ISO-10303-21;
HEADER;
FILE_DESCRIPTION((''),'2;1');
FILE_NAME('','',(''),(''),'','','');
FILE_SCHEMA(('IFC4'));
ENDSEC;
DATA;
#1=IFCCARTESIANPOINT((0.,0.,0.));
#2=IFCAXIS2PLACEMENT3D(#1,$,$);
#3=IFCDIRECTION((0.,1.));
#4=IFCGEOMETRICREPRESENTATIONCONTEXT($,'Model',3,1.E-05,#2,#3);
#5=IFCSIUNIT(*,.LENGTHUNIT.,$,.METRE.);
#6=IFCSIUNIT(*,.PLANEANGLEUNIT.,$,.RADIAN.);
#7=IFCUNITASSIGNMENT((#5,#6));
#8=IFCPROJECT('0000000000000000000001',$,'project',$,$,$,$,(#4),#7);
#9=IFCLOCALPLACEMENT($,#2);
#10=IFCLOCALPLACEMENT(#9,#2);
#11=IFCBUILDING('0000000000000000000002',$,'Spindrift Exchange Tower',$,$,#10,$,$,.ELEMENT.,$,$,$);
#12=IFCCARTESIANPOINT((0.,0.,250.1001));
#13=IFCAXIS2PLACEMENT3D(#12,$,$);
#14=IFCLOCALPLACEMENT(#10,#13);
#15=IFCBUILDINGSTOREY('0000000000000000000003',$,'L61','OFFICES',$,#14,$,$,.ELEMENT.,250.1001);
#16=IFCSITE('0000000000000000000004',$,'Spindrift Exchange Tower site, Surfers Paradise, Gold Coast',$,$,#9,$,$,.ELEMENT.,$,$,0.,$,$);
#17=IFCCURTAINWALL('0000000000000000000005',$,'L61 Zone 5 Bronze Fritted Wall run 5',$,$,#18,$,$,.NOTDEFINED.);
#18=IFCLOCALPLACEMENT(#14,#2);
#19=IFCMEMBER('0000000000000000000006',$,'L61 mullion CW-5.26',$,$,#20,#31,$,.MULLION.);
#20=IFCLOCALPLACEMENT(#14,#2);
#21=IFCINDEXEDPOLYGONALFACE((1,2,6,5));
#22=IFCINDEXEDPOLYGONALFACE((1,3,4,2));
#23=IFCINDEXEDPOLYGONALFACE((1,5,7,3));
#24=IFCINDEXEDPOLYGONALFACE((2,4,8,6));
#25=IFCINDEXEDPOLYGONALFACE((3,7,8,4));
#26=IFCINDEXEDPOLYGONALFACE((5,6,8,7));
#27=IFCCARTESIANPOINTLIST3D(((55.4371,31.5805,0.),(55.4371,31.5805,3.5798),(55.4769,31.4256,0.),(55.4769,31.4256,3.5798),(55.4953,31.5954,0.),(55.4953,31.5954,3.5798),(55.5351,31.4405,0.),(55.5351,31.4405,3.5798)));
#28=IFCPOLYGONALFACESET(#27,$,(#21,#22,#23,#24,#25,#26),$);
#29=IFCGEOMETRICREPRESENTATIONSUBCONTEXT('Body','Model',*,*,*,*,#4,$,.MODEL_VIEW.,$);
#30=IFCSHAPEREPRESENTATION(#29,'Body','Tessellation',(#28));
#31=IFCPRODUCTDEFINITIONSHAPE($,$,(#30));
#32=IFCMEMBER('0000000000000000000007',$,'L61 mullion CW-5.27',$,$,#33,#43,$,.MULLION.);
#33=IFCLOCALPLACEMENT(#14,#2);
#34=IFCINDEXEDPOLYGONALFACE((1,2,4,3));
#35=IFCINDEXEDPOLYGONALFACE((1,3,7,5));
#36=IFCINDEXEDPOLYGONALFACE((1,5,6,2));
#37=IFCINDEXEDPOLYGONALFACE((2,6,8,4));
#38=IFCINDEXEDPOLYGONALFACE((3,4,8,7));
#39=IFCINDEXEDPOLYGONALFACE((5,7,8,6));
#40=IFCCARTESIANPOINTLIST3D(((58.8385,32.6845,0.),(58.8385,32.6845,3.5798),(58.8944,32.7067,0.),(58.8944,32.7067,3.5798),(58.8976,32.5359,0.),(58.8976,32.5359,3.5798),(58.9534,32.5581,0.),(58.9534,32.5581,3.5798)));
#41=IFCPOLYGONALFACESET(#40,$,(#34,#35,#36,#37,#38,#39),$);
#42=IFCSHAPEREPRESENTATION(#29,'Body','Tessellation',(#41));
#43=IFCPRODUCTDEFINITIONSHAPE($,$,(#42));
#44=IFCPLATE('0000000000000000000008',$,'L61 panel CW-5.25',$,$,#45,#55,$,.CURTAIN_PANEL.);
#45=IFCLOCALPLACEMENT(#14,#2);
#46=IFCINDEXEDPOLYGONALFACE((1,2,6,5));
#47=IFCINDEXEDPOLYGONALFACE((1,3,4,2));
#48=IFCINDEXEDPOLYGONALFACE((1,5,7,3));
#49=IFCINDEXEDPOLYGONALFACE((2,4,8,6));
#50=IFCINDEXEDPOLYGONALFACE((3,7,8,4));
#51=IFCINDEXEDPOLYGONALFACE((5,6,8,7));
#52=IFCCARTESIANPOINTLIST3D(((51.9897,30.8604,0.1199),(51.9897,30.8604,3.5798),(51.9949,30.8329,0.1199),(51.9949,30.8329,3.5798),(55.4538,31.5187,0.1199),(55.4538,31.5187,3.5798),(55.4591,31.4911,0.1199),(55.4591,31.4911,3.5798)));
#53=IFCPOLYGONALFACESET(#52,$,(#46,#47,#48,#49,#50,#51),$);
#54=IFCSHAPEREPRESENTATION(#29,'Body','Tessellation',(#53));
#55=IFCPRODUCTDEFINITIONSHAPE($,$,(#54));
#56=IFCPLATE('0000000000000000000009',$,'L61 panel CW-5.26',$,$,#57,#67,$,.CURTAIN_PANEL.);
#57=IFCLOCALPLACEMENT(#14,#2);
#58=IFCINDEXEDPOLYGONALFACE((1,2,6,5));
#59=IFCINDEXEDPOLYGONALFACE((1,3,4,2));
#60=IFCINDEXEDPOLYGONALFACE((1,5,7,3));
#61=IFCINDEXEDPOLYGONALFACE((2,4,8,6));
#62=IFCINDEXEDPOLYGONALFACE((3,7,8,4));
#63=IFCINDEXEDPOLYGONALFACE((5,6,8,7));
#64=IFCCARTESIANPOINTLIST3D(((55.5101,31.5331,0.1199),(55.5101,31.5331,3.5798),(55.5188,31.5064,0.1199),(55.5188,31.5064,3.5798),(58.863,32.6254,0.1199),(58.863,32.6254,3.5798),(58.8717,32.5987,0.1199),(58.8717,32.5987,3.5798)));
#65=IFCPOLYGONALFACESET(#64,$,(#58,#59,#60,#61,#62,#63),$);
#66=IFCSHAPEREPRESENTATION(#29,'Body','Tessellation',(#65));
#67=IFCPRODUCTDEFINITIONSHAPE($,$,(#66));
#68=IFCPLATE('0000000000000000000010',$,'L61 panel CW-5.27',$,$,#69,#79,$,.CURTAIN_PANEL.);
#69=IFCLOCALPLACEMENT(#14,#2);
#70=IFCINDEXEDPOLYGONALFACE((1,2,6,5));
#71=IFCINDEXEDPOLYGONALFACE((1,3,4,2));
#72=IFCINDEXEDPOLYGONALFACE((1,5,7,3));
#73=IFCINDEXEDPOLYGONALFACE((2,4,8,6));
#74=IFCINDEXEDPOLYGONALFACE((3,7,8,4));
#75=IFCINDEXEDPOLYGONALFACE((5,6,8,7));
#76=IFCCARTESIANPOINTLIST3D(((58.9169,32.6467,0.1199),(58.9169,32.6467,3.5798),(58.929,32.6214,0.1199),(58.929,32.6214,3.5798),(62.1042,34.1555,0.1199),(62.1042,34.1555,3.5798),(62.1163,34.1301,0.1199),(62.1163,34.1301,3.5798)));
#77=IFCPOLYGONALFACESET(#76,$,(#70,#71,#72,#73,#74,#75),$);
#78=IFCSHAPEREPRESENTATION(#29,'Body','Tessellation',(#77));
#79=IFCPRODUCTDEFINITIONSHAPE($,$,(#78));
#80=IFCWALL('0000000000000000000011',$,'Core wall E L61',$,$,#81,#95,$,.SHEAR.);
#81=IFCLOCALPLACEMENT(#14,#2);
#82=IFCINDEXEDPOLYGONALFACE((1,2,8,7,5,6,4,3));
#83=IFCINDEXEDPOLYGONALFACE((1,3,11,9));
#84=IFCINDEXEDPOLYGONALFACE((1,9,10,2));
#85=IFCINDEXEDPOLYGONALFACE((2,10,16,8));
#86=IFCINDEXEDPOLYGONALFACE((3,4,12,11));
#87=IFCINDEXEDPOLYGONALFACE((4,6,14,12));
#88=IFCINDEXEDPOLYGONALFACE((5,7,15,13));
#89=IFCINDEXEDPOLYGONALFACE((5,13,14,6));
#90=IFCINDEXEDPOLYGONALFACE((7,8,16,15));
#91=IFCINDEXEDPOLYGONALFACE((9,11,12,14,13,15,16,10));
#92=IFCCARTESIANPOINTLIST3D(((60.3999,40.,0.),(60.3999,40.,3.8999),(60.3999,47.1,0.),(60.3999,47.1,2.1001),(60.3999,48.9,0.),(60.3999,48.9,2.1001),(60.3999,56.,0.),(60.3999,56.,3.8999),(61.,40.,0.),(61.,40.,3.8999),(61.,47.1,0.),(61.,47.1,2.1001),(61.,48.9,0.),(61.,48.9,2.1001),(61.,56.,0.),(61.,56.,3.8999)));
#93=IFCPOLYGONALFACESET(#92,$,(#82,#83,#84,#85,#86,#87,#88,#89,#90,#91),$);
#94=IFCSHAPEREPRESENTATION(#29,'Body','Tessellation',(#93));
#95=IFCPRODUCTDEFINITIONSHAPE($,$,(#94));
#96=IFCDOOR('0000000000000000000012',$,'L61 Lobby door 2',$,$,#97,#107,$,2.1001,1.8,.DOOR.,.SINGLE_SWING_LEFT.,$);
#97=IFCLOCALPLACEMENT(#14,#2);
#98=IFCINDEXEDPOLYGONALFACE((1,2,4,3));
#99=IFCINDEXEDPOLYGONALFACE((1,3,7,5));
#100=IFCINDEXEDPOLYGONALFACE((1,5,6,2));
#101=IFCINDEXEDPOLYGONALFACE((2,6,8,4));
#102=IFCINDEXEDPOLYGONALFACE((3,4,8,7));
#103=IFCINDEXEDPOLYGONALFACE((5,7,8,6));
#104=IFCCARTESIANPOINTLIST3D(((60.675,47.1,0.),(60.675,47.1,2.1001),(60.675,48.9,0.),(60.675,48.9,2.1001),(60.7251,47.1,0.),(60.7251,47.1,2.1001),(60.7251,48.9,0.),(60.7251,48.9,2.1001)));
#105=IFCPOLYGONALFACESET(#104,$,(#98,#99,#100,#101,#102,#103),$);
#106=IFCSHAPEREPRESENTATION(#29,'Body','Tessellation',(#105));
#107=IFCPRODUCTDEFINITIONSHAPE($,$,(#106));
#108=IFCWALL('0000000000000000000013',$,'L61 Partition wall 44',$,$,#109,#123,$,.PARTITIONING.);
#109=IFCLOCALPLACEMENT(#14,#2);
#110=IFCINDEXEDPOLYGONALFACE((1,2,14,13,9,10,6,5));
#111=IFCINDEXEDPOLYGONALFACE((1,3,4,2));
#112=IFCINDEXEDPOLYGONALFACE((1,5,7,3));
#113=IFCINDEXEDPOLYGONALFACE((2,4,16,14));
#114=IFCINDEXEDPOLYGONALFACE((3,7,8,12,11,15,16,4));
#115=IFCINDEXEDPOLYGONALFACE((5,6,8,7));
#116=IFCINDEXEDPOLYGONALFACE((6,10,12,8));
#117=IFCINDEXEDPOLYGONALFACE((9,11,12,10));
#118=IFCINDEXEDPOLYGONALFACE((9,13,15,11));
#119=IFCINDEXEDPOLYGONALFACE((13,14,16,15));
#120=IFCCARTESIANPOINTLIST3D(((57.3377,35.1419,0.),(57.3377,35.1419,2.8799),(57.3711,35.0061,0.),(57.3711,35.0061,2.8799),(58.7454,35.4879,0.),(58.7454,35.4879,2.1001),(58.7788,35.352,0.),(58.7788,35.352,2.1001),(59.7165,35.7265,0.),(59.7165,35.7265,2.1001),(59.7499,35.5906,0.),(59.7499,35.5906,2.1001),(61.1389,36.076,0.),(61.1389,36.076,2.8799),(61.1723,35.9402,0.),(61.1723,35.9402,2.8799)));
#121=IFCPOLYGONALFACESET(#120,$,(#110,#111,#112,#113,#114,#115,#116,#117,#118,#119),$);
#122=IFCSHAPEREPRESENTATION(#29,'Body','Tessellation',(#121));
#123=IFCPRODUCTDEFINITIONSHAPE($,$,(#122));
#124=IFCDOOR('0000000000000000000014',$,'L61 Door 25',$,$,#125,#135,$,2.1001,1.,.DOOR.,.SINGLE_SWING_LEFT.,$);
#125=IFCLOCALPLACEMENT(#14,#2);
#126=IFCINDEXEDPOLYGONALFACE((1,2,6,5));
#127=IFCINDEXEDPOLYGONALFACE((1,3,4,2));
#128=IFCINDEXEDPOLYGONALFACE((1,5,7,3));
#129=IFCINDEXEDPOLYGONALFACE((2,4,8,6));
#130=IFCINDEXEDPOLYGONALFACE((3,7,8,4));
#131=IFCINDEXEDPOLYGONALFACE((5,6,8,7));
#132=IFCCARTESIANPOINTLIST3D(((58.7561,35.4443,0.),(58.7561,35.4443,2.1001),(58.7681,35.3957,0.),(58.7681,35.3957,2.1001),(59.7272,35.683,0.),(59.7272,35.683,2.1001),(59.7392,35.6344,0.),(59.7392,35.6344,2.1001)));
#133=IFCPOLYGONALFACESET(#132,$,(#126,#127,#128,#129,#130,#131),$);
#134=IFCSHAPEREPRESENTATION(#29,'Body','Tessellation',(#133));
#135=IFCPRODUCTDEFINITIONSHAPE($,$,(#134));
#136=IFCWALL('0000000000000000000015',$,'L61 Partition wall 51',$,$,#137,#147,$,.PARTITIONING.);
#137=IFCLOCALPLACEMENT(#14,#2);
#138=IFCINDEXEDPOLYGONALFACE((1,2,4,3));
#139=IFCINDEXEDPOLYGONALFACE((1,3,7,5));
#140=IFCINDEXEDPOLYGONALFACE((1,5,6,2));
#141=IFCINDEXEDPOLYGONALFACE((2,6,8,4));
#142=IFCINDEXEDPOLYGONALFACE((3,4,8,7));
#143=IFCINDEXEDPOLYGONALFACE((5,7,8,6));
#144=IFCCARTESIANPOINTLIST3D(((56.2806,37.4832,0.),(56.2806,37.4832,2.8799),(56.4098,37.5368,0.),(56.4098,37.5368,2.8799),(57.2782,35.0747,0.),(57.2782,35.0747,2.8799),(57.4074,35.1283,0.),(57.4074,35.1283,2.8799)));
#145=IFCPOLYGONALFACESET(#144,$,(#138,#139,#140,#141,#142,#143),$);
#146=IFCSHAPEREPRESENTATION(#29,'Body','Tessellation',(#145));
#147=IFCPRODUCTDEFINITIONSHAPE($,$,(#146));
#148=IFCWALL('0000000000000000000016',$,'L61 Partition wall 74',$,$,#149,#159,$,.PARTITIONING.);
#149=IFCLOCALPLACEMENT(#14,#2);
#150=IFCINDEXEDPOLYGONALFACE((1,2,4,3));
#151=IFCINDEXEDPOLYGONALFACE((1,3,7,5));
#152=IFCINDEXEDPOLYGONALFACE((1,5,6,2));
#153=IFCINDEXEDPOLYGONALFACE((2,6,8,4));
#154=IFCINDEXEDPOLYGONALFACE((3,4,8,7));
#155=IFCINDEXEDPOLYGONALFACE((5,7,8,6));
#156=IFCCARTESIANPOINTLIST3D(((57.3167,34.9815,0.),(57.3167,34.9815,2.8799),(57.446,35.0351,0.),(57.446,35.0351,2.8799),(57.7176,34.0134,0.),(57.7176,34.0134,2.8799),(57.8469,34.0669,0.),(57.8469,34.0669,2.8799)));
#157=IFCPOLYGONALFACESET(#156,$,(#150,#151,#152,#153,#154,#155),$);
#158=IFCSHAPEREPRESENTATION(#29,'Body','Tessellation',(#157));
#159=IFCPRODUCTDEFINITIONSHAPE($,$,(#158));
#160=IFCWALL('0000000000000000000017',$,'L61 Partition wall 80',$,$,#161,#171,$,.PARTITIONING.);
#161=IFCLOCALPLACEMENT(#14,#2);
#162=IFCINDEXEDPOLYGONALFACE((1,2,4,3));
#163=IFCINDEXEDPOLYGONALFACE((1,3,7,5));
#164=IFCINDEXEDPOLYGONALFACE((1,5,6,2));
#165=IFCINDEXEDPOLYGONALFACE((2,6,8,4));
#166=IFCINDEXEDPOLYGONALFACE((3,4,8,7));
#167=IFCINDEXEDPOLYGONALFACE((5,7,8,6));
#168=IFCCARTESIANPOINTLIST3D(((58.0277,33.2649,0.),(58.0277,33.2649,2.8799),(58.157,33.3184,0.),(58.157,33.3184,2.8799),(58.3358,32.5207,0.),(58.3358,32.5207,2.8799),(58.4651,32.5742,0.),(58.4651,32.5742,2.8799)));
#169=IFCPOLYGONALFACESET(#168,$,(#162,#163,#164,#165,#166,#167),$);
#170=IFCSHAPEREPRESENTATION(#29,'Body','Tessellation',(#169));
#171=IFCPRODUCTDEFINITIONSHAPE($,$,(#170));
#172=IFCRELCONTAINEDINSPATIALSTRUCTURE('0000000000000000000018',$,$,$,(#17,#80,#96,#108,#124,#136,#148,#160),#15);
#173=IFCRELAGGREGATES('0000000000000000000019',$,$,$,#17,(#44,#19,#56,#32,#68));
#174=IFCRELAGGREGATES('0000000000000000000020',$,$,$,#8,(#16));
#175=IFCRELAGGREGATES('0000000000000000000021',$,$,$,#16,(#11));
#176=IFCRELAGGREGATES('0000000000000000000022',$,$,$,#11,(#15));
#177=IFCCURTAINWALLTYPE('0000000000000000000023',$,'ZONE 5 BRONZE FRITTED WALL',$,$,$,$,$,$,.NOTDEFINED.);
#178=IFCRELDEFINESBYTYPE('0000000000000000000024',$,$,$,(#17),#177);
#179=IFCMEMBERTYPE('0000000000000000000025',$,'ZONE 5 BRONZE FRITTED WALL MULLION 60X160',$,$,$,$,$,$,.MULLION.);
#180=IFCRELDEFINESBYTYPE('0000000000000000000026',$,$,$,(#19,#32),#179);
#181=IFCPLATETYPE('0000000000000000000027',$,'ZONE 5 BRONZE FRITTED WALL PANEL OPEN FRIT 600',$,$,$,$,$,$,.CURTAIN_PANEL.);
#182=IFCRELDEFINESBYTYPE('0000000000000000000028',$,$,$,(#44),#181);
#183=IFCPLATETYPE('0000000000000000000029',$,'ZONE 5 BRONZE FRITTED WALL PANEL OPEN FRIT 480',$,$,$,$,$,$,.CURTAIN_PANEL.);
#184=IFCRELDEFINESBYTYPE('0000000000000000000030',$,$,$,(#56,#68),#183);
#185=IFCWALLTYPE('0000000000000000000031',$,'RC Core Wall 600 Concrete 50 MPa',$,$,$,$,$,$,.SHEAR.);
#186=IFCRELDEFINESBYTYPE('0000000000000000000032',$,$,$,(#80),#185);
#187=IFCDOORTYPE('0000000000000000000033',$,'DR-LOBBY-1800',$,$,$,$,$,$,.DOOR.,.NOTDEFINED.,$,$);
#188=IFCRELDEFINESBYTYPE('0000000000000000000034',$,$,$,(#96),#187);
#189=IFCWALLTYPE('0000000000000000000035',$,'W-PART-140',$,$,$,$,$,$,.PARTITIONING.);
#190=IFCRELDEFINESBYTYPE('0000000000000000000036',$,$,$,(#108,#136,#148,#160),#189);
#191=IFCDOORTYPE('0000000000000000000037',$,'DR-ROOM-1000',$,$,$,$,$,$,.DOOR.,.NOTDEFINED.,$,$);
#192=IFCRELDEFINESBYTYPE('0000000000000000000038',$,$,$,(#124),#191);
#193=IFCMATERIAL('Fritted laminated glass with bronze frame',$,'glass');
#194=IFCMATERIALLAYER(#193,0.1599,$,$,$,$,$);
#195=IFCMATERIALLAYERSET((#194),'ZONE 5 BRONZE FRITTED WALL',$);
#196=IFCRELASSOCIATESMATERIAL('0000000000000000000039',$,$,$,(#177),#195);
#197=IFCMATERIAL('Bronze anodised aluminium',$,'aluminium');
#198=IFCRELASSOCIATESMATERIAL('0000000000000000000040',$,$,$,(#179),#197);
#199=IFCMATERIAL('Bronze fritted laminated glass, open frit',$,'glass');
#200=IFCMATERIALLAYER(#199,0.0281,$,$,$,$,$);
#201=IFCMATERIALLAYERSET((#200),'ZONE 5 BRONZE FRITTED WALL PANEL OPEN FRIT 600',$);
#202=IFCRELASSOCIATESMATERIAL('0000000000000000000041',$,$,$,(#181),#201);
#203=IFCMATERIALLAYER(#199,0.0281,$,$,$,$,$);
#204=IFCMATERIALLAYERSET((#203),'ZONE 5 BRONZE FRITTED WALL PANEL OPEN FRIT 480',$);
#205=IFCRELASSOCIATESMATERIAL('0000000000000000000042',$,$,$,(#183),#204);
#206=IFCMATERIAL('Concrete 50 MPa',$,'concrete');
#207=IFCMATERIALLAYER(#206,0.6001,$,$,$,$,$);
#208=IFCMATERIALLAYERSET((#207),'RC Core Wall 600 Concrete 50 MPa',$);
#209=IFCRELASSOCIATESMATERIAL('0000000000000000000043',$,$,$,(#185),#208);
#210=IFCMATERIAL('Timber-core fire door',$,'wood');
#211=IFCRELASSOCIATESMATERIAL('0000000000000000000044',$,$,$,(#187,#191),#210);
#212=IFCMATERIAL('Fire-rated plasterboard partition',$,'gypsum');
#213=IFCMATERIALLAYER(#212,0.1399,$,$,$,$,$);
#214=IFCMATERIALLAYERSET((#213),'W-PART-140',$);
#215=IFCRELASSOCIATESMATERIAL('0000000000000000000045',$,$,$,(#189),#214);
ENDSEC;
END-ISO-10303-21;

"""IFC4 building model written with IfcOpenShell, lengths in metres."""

from ifc_helpers import new_model, si_unit, direction, frame, frame_2d, origin, origin_2d, place, context, subcontext, project, spatial, rectangle, extrude, source, transform, mapped, material, layer, layer_set, material_profile, profile_set, type_object, element, fill, aggregate, save


model = new_model("IFC4")

# Units and contexts
model_context = context("Model", 3, precision=1e-05, world=origin(), true_north=direction((0.0, 1.0)))
body_context = subcontext(model_context, "Body", "Model", "MODEL_VIEW")
ifc_project = project(units=[si_unit("LENGTHUNIT", "METRE"), si_unit("PLANEANGLEUNIT", "RADIAN")], contexts=[model_context])

# Site, building, storey
site_placement = place(None, origin())
site = spatial("IfcSite", under=ifc_project, at=site_placement, Name="Spindrift Exchange Tower site, Surfers Paradise, Gold Coast", CompositionType="ELEMENT", RefElevation=0.0)
building_placement = place(site_placement, origin())
building = spatial("IfcBuilding", under=site, at=building_placement, Name="Spindrift Exchange Tower", CompositionType="ELEMENT")
storey_placement = place(building_placement, frame((0.0, 0.0, 250.1001)))
storey = spatial("IfcBuildingStorey", under=building, at=storey_placement, Name="L61", Description="OFFICES", CompositionType="ELEMENT", Elevation=250.1001)

# Curtain wall, members, plates
ifc_material_1 = material(Name="Fritted laminated glass with bronze frame", Category="glass")
ifc_layer_1 = layer(ifc_material_1, 0.1599)
ifc_layer_set_1 = layer_set([ifc_layer_1], Name="ZONE 5 BRONZE FRITTED WALL")
curtain_wall_type = type_object("IfcCurtainWallType", Name="ZONE 5 BRONZE FRITTED WALL", PredefinedType="NOTDEFINED", material=ifc_layer_set_1)
curtain_wall_placement = place(storey_placement, origin())
curtain_wall = element("IfcCurtainWall", 1, at=curtain_wall_placement, inside=storey, type_object=curtain_wall_type, Name="L61 Zone 5 Bronze Fritted Wall run 5", PredefinedType="NOTDEFINED")
ifc_material_2 = material(Name="Bronze anodised aluminium", Category="aluminium")
ifc_material_profile_1 = material_profile(ifc_material_2, rectangle(XDim=0.0601, YDim=0.1599, at=origin_2d()), Name="ZONE 5 BRONZE FRITTED WALL MULLION 60X160")
ifc_profile_set_1 = profile_set([ifc_material_profile_1], Name="Bronze anodised aluminium")
member_type_1 = type_object("IfcMemberType", Name="ZONE 5 BRONZE FRITTED WALL MULLION 60X160", PredefinedType="MULLION", material=ifc_profile_set_1)
shared_shape_1 = source(origin(), body_context, "Body", "SweptSolid", [
    extrude(rectangle(XDim=0.0601, YDim=0.1599, at=origin_2d()), origin(), (0.0, 0.0, 1.0), 3.5798),
])
member_1_placement = place(storey_placement, frame((55.4861, 31.5105, 0.0), z_axis=(0.0, 0.0, 1.0), x_axis=(0.968577, 0.248714, 0.0)))
member_1 = element("IfcMember", 2, at=member_1_placement, type_object=member_type_1, Name="L61 mullion CW-5.26", PredefinedType="MULLION", context=body_context, shape_type="MappedRepresentation", body=[
    mapped(shared_shape_1, transform((0.0, 0.0, 0.0), scale=1.0)),
])
member_2_placement = place(storey_placement, frame((58.896, 32.6213, 0.0), z_axis=(0.0, 0.0, 1.0), x_axis=(0.929215, 0.36954, 0.0)))
member_2 = element("IfcMember", 3, at=member_2_placement, type_object=member_type_1, Name="L61 mullion CW-5.27", PredefinedType="MULLION", context=body_context, shape_type="MappedRepresentation", body=[
    mapped(shared_shape_1, transform((0.0, 0.0, 0.0), scale=1.0)),
])
ifc_material_3 = material(Name="Bronze fritted laminated glass, open frit", Category="glass")
ifc_layer_2 = layer(ifc_material_3, 0.0281)
ifc_layer_set_2 = layer_set([ifc_layer_2], Name="ZONE 5 BRONZE FRITTED WALL PANEL OPEN FRIT 600")
plate_type_1 = type_object("IfcPlateType", Name="ZONE 5 BRONZE FRITTED WALL PANEL OPEN FRIT 600", PredefinedType="CURTAIN_PANEL", material=ifc_layer_set_2)
shared_shape_2 = source(origin(), body_context, "Body", "SweptSolid", [
    extrude(rectangle(XDim=3.5261, YDim=0.0281, at=origin_2d()), origin(), (0.0, 0.0, 1.0), 3.46),
])
plate_1_placement = place(storey_placement, frame((53.7244, 31.1758, 0.1199), z_axis=(0.0, 0.0, 1.0), x_axis=(0.98242, 0.186685, 0.0)))
plate_1 = element("IfcPlate", 4, at=plate_1_placement, type_object=plate_type_1, Name="L61 panel CW-5.25", PredefinedType="CURTAIN_PANEL", context=body_context, shape_type="MappedRepresentation", body=[
    mapped(shared_shape_2, transform((0.0, 0.0, 0.0), scale=1.0)),
])
ifc_layer_3 = layer(ifc_material_3, 0.0281)
ifc_layer_set_3 = layer_set([ifc_layer_3], Name="ZONE 5 BRONZE FRITTED WALL PANEL OPEN FRIT 480")
plate_type_2 = type_object("IfcPlateType", Name="ZONE 5 BRONZE FRITTED WALL PANEL OPEN FRIT 480", PredefinedType="CURTAIN_PANEL", material=ifc_layer_set_3)
shared_shape_3 = source(origin(), body_context, "Body", "SweptSolid", [
    extrude(rectangle(XDim=3.5264, YDim=0.0281, at=origin_2d()), origin(), (0.0, 0.0, 1.0), 3.46),
])
plate_2_placement = place(storey_placement, frame((57.1909, 32.0659, 0.1199), z_axis=(0.0, 0.0, 1.0), x_axis=(0.950822, 0.309737, 0.0)))
plate_2 = element("IfcPlate", 5, at=plate_2_placement, type_object=plate_type_2, Name="L61 panel CW-5.26", PredefinedType="CURTAIN_PANEL", context=body_context, shape_type="MappedRepresentation", body=[
    mapped(shared_shape_3, transform((0.0, 0.0, 0.0), scale=1.0)),
])
plate_3_placement = place(storey_placement, frame((60.5166, 33.3884, 0.1199), z_axis=(0.0, 0.0, 1.0), x_axis=(0.90385, 0.427849, 0.0)))
plate_3 = element("IfcPlate", 6, at=plate_3_placement, type_object=plate_type_2, Name="L61 panel CW-5.27", PredefinedType="CURTAIN_PANEL", context=body_context, shape_type="MappedRepresentation", body=[
    mapped(shared_shape_3, transform((0.0, 0.0, 0.0), scale=1.0)),
])
aggregate(curtain_wall, [plate_1, member_1, plate_2, member_2, plate_3])

# Walls, openings, doors
ifc_material_4 = material(Name="Concrete 50 MPa", Category="concrete")
ifc_layer_4 = layer(ifc_material_4, 0.6001)
ifc_layer_set_4 = layer_set([ifc_layer_4], Name="RC Core Wall 600 Concrete 50 MPa")
wall_type_1 = type_object("IfcWallType", Name="RC Core Wall 600 Concrete 50 MPa", PredefinedType="SHEAR", material=ifc_layer_set_4)
wall_1_placement = place(storey_placement, frame((60.7, 40.0, 0.0), z_axis=(0.0, 0.0, 1.0), x_axis=(0.0, 1.0, 0.0)))
wall_1 = element("IfcWall", 7, at=wall_1_placement, inside=storey, type_object=wall_type_1, Name="Core wall E L61", PredefinedType="SHEAR", context=body_context, shape_type="SweptSolid", body=[
    extrude(rectangle(XDim=16.0, YDim=0.6001, at=frame_2d((8.0, 0.0))), origin(), (0.0, 0.0, 1.0), 3.8999),
])
opening_1_placement = place(wall_1_placement, frame((7.1001, 0.0, 0.0)))
opening_1 = element("IfcOpeningElement", 8, at=opening_1_placement, cuts=wall_1, PredefinedType="OPENING", context=body_context, shape_type="SweptSolid", body=[
    extrude(rectangle(XDim=1.8, YDim=2.1001, at=frame_2d((0.8999, 1.05))), frame((0.0, 0.3101, 0.0), z_axis=(0.0, -1.0, 0.0), x_axis=(1.0, 0.0, 0.0)), (0.0, 0.0, 1.0), 0.6201),
])
ifc_material_5 = material(Name="Timber-core fire door", Category="wood")
door_type_1 = type_object("IfcDoorType", Name="DR-LOBBY-1800", OperationType="NOTDEFINED", PredefinedType="DOOR", material=ifc_material_5)
shared_shape_4 = source(origin(), body_context, "Body", "SweptSolid", [
    extrude(rectangle(XDim=1.8, YDim=2.1001, at=frame_2d((0.8999, 1.05))), frame((0.0, 0.0249, 0.0), z_axis=(0.0, -1.0, 0.0), x_axis=(1.0, 0.0, 0.0)), (0.0, 0.0, 1.0), 0.05),
])
door_1_placement = place(opening_1_placement, origin())
door_1 = element("IfcDoor", 9, at=door_1_placement, inside=storey, type_object=door_type_1, Name="L61 Lobby door 2", OperationType="SINGLE_SWING_LEFT", OverallHeight=2.1001, OverallWidth=1.8, PredefinedType="DOOR", context=body_context, shape_type="MappedRepresentation", body=[
    mapped(shared_shape_4, transform((0.0, 0.0, 0.0), scale=1.0)),
])
fill(opening_1, door_1)
ifc_material_6 = material(Name="Fire-rated plasterboard partition", Category="gypsum")
ifc_layer_5 = layer(ifc_material_6, 0.1399)
ifc_layer_set_5 = layer_set([ifc_layer_5], Name="W-PART-140")
wall_type_2 = type_object("IfcWallType", Name="W-PART-140", PredefinedType="PARTITIONING", material=ifc_layer_set_5)
wall_2_placement = place(storey_placement, frame((61.1555, 36.0081, 0.0), z_axis=(0.0, 0.0, 1.0), x_axis=(-0.971111, -0.23863, 0.0)))
wall_2 = element("IfcWall", 10, at=wall_2_placement, inside=storey, type_object=wall_type_2, Name="L61 Partition wall 44", PredefinedType="PARTITIONING", context=body_context, shape_type="SweptSolid", body=[
    extrude(rectangle(XDim=3.9143, YDim=0.1399, at=frame_2d((1.957, 0.0))), origin(), (0.0, 0.0, 1.0), 2.8799),
])
opening_2_placement = place(wall_2_placement, frame((1.4646, 0.0, 0.0)))
opening_2 = element("IfcOpeningElement", 11, at=opening_2_placement, cuts=wall_2, PredefinedType="OPENING", context=body_context, shape_type="SweptSolid", body=[
    extrude(rectangle(XDim=1.0, YDim=2.1001, at=frame_2d((0.5, 1.05))), frame((0.0, 0.0798, 0.0), z_axis=(0.0, -1.0, 0.0), x_axis=(1.0, 0.0, 0.0)), (0.0, 0.0, 1.0), 0.1599),
])
door_type_2 = type_object("IfcDoorType", Name="DR-ROOM-1000", OperationType="NOTDEFINED", PredefinedType="DOOR", material=ifc_material_5)
shared_shape_5 = source(origin(), body_context, "Body", "SweptSolid", [
    extrude(rectangle(XDim=1.0, YDim=2.1001, at=frame_2d((0.5, 1.05))), frame((0.0, 0.0249, 0.0), z_axis=(0.0, -1.0, 0.0), x_axis=(1.0, 0.0, 0.0)), (0.0, 0.0, 1.0), 0.05),
])
door_2_placement = place(opening_2_placement, origin())
door_2 = element("IfcDoor", 12, at=door_2_placement, inside=storey, type_object=door_type_2, Name="L61 Door 25", OperationType="SINGLE_SWING_LEFT", OverallHeight=2.1001, OverallWidth=1.0, PredefinedType="DOOR", context=body_context, shape_type="MappedRepresentation", body=[
    mapped(shared_shape_5, transform((0.0, 0.0, 0.0), scale=1.0)),
])
fill(opening_2, door_2)

# Walls
wall_3_placement = place(storey_placement, frame((56.3452, 37.51, 0.0), z_axis=(0.0, 0.0, 1.0), x_axis=(0.382666, -0.923887, 0.0)))
element("IfcWall", 13, at=wall_3_placement, inside=storey, type_object=wall_type_2, Name="L61 Partition wall 51", PredefinedType="PARTITIONING", context=body_context, shape_type="SweptSolid", body=[
    extrude(rectangle(XDim=2.6069, YDim=0.1399, at=frame_2d((1.3035, 0.0))), origin(), (0.0, 0.0, 1.0), 2.8799),
])
wall_4_placement = place(storey_placement, frame((57.3813, 35.0083, 0.0), z_axis=(0.0, 0.0, 1.0), x_axis=(0.382612, -0.923909, 0.0)))
element("IfcWall", 14, at=wall_4_placement, inside=storey, type_object=wall_type_2, Name="L61 Partition wall 74", PredefinedType="PARTITIONING", context=body_context, shape_type="SweptSolid", body=[
    extrude(rectangle(XDim=1.0479, YDim=0.1399, at=frame_2d((0.5239, 0.0))), origin(), (0.0, 0.0, 1.0), 2.8799),
])
wall_5_placement = place(storey_placement, frame((58.0923, 33.2917, 0.0), z_axis=(0.0, 0.0, 1.0), x_axis=(0.382548, -0.923936, 0.0)))
element("IfcWall", 15, at=wall_5_placement, inside=storey, type_object=wall_type_2, Name="L61 Partition wall 80", PredefinedType="PARTITIONING", context=body_context, shape_type="SweptSolid", body=[
    extrude(rectangle(XDim=0.8054, YDim=0.1399, at=frame_2d((0.4028, 0.0))), origin(), (0.0, 0.0, 1.0), 2.8799),
])

save(model, "model.ifc")
